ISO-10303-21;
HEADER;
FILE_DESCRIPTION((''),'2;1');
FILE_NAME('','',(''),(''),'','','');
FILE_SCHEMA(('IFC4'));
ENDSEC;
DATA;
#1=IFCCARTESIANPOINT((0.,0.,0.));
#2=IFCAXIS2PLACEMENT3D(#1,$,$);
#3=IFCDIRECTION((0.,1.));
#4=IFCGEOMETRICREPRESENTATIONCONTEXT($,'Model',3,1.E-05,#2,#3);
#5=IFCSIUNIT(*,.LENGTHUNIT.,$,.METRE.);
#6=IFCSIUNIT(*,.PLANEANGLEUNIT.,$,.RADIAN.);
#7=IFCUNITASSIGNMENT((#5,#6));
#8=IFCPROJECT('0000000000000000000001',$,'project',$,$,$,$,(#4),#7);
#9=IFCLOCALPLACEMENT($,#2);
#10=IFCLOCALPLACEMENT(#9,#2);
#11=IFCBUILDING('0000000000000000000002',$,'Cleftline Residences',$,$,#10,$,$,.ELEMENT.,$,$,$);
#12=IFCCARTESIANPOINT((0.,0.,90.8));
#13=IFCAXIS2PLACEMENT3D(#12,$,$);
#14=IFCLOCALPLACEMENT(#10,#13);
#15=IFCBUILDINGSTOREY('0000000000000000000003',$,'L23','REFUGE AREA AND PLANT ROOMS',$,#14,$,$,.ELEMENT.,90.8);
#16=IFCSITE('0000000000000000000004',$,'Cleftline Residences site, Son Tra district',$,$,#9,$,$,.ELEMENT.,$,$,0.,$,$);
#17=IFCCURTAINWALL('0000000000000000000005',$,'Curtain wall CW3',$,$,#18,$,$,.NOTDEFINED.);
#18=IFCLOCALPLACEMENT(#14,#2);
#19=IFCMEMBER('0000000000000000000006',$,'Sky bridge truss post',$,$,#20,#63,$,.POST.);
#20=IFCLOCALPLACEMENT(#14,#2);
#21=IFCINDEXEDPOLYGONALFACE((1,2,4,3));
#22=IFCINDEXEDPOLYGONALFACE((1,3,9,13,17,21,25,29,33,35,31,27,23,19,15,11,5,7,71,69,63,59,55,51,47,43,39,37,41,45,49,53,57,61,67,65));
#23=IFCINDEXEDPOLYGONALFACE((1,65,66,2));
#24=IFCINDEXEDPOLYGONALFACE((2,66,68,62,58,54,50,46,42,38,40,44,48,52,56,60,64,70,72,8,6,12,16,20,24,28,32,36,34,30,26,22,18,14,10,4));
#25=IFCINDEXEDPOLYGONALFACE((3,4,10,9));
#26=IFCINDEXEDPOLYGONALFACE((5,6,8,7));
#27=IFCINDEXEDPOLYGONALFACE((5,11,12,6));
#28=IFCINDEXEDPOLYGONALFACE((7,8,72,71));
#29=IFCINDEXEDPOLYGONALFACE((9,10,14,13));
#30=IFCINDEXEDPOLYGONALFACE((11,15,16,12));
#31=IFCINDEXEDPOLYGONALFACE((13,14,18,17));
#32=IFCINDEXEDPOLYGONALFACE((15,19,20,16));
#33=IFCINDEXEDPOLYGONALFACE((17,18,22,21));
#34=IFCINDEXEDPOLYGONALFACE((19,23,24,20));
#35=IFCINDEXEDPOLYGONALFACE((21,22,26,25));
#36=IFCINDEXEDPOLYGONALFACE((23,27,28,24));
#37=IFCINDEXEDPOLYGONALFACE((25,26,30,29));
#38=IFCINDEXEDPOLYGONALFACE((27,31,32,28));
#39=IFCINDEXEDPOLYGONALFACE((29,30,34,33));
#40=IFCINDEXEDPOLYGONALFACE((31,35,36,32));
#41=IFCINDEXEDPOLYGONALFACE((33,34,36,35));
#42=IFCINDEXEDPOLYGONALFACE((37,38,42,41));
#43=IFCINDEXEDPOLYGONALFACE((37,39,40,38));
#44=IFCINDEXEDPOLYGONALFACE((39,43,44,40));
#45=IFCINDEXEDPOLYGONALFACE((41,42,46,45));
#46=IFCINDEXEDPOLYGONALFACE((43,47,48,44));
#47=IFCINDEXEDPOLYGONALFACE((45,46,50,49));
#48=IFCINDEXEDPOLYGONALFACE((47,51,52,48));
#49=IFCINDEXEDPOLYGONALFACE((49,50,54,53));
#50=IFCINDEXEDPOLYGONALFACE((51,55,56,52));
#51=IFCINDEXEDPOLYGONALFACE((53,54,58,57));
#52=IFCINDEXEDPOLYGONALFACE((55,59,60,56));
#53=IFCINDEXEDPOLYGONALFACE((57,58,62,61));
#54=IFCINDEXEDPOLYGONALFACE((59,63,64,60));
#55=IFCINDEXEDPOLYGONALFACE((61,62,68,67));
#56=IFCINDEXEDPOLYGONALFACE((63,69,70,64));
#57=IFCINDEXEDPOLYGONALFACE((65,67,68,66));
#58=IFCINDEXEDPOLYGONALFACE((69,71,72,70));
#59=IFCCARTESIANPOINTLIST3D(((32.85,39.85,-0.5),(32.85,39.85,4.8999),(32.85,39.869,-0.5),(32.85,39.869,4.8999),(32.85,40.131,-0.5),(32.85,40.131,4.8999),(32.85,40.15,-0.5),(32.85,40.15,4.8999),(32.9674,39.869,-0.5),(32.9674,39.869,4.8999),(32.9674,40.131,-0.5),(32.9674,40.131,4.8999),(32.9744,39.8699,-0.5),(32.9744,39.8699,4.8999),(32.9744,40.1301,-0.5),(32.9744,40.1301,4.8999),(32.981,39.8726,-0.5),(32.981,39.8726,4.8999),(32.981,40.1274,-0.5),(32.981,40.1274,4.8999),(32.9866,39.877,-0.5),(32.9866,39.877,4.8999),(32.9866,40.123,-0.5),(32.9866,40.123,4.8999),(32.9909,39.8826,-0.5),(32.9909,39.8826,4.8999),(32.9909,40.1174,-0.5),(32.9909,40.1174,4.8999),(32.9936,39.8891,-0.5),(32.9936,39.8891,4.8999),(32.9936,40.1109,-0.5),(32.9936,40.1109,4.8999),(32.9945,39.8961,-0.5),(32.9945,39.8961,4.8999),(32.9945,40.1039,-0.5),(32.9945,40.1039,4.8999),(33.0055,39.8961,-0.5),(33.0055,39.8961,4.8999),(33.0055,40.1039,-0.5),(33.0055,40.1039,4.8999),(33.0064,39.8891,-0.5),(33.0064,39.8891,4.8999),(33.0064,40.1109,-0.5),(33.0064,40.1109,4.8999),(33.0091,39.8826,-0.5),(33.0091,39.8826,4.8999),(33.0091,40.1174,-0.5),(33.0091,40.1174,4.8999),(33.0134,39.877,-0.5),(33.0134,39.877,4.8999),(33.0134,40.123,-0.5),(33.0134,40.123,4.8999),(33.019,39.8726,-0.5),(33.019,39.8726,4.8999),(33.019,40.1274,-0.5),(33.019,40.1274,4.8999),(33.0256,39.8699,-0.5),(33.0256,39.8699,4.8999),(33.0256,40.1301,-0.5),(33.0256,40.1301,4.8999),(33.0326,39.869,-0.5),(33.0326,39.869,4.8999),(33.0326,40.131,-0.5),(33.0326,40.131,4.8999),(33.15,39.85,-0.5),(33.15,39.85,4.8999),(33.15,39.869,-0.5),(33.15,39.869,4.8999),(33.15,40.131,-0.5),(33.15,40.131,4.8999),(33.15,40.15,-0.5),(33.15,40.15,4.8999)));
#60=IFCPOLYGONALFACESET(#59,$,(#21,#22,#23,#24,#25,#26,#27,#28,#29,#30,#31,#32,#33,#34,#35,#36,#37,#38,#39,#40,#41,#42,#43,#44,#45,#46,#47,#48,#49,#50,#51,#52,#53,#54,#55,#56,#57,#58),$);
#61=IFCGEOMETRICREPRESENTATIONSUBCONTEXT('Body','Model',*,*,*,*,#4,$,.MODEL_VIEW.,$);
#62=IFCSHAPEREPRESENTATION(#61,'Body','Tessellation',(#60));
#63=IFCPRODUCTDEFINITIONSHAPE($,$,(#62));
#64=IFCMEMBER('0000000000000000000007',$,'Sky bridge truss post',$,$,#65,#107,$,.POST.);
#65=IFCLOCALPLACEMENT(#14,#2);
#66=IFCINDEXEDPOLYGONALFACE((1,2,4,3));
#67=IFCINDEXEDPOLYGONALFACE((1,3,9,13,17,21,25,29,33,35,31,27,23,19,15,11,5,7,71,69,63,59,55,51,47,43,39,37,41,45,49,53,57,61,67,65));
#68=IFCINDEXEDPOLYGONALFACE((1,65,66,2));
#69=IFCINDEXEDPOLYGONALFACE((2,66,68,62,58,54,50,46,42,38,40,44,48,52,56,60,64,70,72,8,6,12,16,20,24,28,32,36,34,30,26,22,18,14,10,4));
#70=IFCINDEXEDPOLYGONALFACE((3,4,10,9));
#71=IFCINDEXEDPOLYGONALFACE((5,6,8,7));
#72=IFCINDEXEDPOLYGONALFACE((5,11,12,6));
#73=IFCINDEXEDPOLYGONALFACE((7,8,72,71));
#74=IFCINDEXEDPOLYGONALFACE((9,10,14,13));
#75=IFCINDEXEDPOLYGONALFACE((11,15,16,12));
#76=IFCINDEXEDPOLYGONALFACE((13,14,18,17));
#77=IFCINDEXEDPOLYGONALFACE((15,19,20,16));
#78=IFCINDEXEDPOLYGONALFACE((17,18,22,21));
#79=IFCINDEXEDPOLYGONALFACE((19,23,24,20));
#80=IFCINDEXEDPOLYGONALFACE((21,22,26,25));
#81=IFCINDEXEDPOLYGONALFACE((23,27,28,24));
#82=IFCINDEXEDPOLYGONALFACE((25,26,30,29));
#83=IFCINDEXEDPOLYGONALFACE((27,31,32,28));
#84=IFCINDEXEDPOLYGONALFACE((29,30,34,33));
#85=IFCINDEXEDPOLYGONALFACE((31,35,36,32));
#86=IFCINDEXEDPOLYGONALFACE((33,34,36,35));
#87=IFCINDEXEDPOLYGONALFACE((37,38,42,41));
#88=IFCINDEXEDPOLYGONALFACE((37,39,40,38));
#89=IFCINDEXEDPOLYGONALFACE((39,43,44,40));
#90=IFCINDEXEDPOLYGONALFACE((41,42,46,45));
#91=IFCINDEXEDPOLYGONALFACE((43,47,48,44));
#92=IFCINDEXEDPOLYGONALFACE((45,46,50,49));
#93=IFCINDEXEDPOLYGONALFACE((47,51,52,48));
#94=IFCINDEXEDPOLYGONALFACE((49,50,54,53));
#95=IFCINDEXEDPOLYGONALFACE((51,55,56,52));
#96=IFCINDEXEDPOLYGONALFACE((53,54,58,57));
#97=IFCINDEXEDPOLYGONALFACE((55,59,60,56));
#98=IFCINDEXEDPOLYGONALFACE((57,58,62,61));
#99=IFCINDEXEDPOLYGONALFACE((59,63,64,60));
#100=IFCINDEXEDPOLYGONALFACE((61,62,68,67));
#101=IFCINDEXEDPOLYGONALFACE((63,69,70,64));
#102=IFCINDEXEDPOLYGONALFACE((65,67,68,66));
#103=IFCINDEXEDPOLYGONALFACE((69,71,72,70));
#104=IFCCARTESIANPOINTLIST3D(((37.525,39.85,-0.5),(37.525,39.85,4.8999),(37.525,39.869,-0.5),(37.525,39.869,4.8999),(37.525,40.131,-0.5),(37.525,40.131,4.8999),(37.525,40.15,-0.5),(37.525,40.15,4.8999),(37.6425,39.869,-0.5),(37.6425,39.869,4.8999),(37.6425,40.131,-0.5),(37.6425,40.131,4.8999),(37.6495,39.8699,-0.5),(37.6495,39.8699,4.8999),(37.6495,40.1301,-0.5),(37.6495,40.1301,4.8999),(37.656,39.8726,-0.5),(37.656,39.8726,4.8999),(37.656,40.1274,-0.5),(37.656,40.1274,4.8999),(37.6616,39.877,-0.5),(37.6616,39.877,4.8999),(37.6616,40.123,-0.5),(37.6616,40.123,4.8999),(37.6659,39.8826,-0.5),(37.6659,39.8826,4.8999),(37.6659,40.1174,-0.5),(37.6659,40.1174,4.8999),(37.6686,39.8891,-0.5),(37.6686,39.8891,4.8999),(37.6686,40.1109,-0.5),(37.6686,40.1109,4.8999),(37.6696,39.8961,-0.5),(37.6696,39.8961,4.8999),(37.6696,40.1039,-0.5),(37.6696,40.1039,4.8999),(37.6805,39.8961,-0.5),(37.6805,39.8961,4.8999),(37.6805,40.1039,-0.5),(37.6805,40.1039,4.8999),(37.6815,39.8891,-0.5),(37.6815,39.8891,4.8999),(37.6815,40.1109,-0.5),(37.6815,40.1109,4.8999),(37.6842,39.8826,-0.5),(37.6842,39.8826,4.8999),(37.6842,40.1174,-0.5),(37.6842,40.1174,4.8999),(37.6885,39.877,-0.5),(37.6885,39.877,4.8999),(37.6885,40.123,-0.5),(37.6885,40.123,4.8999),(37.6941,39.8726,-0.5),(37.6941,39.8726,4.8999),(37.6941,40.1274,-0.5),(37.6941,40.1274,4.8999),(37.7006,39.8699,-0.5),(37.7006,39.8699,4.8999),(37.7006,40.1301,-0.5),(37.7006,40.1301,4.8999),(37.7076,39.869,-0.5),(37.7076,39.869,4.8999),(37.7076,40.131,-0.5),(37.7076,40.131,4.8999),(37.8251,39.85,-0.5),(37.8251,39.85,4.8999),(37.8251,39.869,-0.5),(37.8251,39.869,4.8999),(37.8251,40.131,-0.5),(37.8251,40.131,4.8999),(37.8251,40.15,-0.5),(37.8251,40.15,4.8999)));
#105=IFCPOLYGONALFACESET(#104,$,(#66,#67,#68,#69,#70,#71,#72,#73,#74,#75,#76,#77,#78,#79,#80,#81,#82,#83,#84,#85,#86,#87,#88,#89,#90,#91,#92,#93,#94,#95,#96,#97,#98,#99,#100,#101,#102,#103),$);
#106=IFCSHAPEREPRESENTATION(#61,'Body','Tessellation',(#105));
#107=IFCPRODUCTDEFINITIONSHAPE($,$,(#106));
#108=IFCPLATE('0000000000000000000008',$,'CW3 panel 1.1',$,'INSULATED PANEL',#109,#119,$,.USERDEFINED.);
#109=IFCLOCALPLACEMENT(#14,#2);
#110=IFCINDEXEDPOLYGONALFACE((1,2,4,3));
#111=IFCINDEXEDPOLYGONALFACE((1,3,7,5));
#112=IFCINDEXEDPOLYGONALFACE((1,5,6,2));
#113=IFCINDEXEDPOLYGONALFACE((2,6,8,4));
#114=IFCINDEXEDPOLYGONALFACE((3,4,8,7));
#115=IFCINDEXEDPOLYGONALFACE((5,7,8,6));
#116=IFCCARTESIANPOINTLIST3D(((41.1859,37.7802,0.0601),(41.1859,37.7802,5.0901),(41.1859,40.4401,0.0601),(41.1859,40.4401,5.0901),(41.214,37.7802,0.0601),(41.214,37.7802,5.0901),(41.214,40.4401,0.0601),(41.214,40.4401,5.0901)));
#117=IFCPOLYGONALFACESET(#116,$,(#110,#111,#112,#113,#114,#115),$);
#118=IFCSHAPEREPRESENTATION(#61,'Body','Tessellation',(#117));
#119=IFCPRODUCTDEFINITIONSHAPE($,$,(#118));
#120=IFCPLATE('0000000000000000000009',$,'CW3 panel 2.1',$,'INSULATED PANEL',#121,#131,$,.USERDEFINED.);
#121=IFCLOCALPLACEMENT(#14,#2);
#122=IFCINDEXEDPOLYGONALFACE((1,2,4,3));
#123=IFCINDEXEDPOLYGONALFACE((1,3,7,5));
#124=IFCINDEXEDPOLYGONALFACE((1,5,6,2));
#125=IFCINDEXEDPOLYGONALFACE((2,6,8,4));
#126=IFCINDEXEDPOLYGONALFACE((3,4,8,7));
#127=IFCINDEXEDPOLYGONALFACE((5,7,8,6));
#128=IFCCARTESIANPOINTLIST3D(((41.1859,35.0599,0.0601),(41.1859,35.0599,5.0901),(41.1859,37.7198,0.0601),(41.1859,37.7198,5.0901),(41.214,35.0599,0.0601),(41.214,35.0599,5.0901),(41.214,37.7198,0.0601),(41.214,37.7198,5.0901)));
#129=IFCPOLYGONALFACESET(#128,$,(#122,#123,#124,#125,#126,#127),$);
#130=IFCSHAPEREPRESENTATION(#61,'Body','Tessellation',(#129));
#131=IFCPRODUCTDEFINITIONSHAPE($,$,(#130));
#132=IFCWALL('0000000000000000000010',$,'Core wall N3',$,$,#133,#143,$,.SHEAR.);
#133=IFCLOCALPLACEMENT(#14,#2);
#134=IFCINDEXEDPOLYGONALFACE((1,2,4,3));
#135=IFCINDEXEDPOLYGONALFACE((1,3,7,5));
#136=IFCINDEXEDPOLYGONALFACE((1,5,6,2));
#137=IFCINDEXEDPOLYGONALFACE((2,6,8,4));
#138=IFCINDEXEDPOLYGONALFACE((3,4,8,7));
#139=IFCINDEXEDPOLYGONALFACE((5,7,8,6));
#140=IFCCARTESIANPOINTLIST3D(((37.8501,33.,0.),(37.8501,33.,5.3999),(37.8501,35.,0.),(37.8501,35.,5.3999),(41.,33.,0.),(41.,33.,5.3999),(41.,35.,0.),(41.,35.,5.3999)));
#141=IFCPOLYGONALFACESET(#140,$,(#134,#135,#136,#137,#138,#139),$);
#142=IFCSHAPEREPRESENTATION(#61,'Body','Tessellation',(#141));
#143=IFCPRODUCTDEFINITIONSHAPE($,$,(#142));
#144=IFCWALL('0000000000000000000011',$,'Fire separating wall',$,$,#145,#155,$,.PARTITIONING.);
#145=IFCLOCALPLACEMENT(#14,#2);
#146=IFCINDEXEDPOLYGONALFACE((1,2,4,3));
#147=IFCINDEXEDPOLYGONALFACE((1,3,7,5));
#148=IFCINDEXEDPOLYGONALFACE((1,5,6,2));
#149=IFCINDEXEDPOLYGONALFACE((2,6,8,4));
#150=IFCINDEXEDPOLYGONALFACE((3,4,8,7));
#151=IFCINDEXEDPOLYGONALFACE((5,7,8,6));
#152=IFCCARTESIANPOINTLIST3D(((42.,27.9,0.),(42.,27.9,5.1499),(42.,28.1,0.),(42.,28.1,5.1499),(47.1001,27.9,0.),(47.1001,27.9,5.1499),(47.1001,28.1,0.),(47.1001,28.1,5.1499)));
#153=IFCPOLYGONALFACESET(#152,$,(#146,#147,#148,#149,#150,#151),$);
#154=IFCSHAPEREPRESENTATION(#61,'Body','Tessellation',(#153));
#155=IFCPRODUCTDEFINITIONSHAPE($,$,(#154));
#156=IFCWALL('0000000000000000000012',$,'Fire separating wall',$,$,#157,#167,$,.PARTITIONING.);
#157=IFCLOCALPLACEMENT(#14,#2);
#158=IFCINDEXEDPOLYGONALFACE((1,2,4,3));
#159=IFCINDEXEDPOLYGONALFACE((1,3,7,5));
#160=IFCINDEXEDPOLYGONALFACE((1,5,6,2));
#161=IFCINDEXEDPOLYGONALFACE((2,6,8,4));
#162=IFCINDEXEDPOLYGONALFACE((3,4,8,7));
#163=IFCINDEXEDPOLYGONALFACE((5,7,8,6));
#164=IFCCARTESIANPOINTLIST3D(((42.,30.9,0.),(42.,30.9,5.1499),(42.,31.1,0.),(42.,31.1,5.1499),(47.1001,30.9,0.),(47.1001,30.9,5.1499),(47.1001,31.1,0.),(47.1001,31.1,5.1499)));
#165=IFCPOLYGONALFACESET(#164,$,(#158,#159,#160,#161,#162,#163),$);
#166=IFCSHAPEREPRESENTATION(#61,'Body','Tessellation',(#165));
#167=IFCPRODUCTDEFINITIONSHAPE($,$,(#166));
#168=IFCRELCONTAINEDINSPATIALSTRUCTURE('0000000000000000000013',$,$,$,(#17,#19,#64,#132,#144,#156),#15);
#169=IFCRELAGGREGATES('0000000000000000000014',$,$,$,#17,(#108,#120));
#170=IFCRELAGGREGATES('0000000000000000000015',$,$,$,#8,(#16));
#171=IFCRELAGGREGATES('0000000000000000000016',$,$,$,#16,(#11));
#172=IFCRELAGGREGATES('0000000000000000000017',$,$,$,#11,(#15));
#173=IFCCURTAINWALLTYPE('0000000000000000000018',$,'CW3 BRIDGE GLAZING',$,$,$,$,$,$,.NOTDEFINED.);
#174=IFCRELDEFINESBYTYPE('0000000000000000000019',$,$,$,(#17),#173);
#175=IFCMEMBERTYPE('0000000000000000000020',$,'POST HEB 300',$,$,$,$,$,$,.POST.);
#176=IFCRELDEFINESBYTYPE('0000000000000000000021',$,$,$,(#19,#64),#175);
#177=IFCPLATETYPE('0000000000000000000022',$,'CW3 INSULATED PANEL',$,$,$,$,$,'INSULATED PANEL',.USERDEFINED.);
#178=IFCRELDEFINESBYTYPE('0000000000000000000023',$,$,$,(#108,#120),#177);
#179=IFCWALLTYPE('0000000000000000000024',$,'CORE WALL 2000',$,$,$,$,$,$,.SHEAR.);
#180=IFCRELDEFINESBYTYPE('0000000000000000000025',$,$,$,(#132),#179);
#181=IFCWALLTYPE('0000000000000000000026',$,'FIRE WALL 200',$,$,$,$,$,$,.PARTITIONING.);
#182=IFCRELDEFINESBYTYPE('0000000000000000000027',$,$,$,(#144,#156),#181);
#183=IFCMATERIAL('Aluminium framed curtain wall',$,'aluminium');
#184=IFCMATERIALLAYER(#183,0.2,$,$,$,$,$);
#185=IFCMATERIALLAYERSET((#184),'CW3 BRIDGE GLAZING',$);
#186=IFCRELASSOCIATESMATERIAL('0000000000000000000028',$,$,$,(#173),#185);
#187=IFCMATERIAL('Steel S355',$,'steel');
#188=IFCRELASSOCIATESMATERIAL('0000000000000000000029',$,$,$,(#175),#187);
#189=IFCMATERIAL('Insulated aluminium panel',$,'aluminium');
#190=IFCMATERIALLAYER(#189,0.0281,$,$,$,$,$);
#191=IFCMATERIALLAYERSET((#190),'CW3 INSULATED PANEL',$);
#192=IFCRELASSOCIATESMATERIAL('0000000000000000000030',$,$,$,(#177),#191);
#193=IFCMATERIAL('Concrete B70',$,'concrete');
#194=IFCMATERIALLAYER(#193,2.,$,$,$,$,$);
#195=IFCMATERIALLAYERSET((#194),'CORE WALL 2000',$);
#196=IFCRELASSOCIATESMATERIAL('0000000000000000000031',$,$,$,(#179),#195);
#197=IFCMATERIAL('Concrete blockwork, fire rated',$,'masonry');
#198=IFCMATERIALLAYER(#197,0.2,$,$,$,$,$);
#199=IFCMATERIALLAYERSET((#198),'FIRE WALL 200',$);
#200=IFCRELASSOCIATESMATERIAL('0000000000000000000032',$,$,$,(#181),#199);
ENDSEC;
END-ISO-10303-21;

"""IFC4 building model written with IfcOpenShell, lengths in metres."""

from ifc_helpers import new_model, si_unit, direction, frame, frame_2d, origin, origin_2d, place, context, subcontext, project, spatial, rectangle, i_section, extrude, material, layer, layer_set, material_profile, profile_set, type_object, element, aggregate, save


model = new_model("IFC4")

# Units and contexts
model_context = context("Model", 3, precision=1e-05, world=origin(), true_north=direction((0.0, 1.0)))
body_context = subcontext(model_context, "Body", "Model", "MODEL_VIEW")
ifc_project = project(units=[si_unit("LENGTHUNIT", "METRE"), si_unit("PLANEANGLEUNIT", "RADIAN")], contexts=[model_context])

# Site, building, storey
site_placement = place(None, origin())
site = spatial("IfcSite", under=ifc_project, at=site_placement, Name="Cleftline Residences site, Son Tra district", CompositionType="ELEMENT", RefElevation=0.0)
building_placement = place(site_placement, origin())
building = spatial("IfcBuilding", under=site, at=building_placement, Name="Cleftline Residences", CompositionType="ELEMENT")
storey_placement = place(building_placement, frame((0.0, 0.0, 90.8)))
storey = spatial("IfcBuildingStorey", under=building, at=storey_placement, Name="L23", Description="REFUGE AREA AND PLANT ROOMS", CompositionType="ELEMENT", Elevation=90.8)

# Curtain wall
ifc_material_1 = material(Name="Aluminium framed curtain wall", Category="aluminium")
ifc_layer_1 = layer(ifc_material_1, 0.2)
ifc_layer_set_1 = layer_set([ifc_layer_1], Name="CW3 BRIDGE GLAZING")
curtain_wall_type = type_object("IfcCurtainWallType", Name="CW3 BRIDGE GLAZING", PredefinedType="NOTDEFINED", material=ifc_layer_set_1)
curtain_wall_placement = place(storey_placement, origin())
curtain_wall = element("IfcCurtainWall", 1, at=curtain_wall_placement, inside=storey, type_object=curtain_wall_type, Name="Curtain wall CW3", PredefinedType="NOTDEFINED")

# Members
ifc_material_2 = material(Name="Steel S355", Category="steel")
ifc_material_profile_1 = material_profile(ifc_material_2, i_section(OverallWidth=0.3, OverallDepth=0.3, WebThickness=0.011, FlangeThickness=0.019, FilletRadius=0.0271, at=origin_2d()))
ifc_profile_set_1 = profile_set([ifc_material_profile_1], Name="Steel S355")
member_type_1 = type_object("IfcMemberType", Name="POST HEB 300", PredefinedType="POST", material=ifc_profile_set_1)
for number, where, z_axis, x_axis, name in (
    (2, (33.0, 40.0, -0.5), (0.0, 0.0, 1.0), (1.0, 0.0, 0.0), "Sky bridge truss post"),
    (3, (37.675, 40.0, -0.5), (0.0, 0.0, 1.0), (1.0, 0.0, 0.0), "Sky bridge truss post"),
):
    element("IfcMember", number, at=place(storey_placement, frame(where, z_axis=z_axis, x_axis=x_axis)), inside=storey, type_object=member_type_1, Name=name, PredefinedType="POST", context=body_context, shape_type="SweptSolid", body=[
        extrude(i_section(OverallWidth=0.3, OverallDepth=0.3, WebThickness=0.011, FlangeThickness=0.019, FilletRadius=0.0271, at=origin_2d()), origin(), (0.0, 0.0, 1.0), 5.3999),
    ])

# Plates
ifc_material_3 = material(Name="Insulated aluminium panel", Category="aluminium")
ifc_layer_2 = layer(ifc_material_3, 0.0281)
ifc_layer_set_2 = layer_set([ifc_layer_2], Name="CW3 INSULATED PANEL")
plate_type = type_object("IfcPlateType", Name="CW3 INSULATED PANEL", ElementType="INSULATED PANEL", PredefinedType="USERDEFINED", material=ifc_layer_set_2)
plate_1_placement = place(storey_placement, frame((41.2, 39.1101, 0.0601), z_axis=(0.0, 0.0, 1.0), x_axis=(0.0, -1.0, 0.0)))
plate_1 = element("IfcPlate", 4, at=plate_1_placement, type_object=plate_type, Name="CW3 panel 1.1", ObjectType="INSULATED PANEL", PredefinedType="USERDEFINED", context=body_context, shape_type="SweptSolid", body=[
    extrude(rectangle(XDim=2.6599, YDim=0.0281, at=origin_2d()), origin(), (0.0, 0.0, 1.0), 5.03),
])
plate_2_placement = place(storey_placement, frame((41.2, 36.3899, 0.0601), z_axis=(0.0, 0.0, 1.0), x_axis=(0.0, -1.0, 0.0)))
plate_2 = element("IfcPlate", 5, at=plate_2_placement, type_object=plate_type, Name="CW3 panel 2.1", ObjectType="INSULATED PANEL", PredefinedType="USERDEFINED", context=body_context, shape_type="SweptSolid", body=[
    extrude(rectangle(XDim=2.6599, YDim=0.0281, at=origin_2d()), origin(), (0.0, 0.0, 1.0), 5.03),
])
aggregate(curtain_wall, [plate_1, plate_2])

# Walls
ifc_material_4 = material(Name="Concrete B70", Category="concrete")
ifc_layer_3 = layer(ifc_material_4, 2.0)
ifc_layer_set_3 = layer_set([ifc_layer_3], Name="CORE WALL 2000")
wall_type_1 = type_object("IfcWallType", Name="CORE WALL 2000", PredefinedType="SHEAR", material=ifc_layer_set_3)
wall_1_placement = place(storey_placement, frame((37.8501, 34.0, 0.0), z_axis=(0.0, 0.0, 1.0), x_axis=(1.0, 0.0, 0.0)))
element("IfcWall", 6, at=wall_1_placement, inside=storey, type_object=wall_type_1, Name="Core wall N3", PredefinedType="SHEAR", context=body_context, shape_type="SweptSolid", body=[
    extrude(rectangle(XDim=3.1499, YDim=2.0, at=frame_2d((1.575, 0.0))), origin(), (0.0, 0.0, 1.0), 5.3999),
])
ifc_material_5 = material(Name="Concrete blockwork, fire rated", Category="masonry")
ifc_layer_4 = layer(ifc_material_5, 0.2)
ifc_layer_set_4 = layer_set([ifc_layer_4], Name="FIRE WALL 200")
wall_type_2 = type_object("IfcWallType", Name="FIRE WALL 200", PredefinedType="PARTITIONING", material=ifc_layer_set_4)
for number, where, z_axis, x_axis, name in (
    (7, (42.0, 28.0, 0.0), (0.0, 0.0, 1.0), (1.0, 0.0, 0.0), "Fire separating wall"),
    (8, (42.0, 31.0, 0.0), (0.0, 0.0, 1.0), (1.0, 0.0, 0.0), "Fire separating wall"),
):
    element("IfcWall", number, at=place(storey_placement, frame(where, z_axis=z_axis, x_axis=x_axis)), inside=storey, type_object=wall_type_2, Name=name, PredefinedType="PARTITIONING", context=body_context, shape_type="SweptSolid", body=[
        extrude(rectangle(XDim=5.1001, YDim=0.2, at=frame_2d((2.55, 0.0))), origin(), (0.0, 0.0, 1.0), 5.1499),
    ])

save(model, "model.ifc")
